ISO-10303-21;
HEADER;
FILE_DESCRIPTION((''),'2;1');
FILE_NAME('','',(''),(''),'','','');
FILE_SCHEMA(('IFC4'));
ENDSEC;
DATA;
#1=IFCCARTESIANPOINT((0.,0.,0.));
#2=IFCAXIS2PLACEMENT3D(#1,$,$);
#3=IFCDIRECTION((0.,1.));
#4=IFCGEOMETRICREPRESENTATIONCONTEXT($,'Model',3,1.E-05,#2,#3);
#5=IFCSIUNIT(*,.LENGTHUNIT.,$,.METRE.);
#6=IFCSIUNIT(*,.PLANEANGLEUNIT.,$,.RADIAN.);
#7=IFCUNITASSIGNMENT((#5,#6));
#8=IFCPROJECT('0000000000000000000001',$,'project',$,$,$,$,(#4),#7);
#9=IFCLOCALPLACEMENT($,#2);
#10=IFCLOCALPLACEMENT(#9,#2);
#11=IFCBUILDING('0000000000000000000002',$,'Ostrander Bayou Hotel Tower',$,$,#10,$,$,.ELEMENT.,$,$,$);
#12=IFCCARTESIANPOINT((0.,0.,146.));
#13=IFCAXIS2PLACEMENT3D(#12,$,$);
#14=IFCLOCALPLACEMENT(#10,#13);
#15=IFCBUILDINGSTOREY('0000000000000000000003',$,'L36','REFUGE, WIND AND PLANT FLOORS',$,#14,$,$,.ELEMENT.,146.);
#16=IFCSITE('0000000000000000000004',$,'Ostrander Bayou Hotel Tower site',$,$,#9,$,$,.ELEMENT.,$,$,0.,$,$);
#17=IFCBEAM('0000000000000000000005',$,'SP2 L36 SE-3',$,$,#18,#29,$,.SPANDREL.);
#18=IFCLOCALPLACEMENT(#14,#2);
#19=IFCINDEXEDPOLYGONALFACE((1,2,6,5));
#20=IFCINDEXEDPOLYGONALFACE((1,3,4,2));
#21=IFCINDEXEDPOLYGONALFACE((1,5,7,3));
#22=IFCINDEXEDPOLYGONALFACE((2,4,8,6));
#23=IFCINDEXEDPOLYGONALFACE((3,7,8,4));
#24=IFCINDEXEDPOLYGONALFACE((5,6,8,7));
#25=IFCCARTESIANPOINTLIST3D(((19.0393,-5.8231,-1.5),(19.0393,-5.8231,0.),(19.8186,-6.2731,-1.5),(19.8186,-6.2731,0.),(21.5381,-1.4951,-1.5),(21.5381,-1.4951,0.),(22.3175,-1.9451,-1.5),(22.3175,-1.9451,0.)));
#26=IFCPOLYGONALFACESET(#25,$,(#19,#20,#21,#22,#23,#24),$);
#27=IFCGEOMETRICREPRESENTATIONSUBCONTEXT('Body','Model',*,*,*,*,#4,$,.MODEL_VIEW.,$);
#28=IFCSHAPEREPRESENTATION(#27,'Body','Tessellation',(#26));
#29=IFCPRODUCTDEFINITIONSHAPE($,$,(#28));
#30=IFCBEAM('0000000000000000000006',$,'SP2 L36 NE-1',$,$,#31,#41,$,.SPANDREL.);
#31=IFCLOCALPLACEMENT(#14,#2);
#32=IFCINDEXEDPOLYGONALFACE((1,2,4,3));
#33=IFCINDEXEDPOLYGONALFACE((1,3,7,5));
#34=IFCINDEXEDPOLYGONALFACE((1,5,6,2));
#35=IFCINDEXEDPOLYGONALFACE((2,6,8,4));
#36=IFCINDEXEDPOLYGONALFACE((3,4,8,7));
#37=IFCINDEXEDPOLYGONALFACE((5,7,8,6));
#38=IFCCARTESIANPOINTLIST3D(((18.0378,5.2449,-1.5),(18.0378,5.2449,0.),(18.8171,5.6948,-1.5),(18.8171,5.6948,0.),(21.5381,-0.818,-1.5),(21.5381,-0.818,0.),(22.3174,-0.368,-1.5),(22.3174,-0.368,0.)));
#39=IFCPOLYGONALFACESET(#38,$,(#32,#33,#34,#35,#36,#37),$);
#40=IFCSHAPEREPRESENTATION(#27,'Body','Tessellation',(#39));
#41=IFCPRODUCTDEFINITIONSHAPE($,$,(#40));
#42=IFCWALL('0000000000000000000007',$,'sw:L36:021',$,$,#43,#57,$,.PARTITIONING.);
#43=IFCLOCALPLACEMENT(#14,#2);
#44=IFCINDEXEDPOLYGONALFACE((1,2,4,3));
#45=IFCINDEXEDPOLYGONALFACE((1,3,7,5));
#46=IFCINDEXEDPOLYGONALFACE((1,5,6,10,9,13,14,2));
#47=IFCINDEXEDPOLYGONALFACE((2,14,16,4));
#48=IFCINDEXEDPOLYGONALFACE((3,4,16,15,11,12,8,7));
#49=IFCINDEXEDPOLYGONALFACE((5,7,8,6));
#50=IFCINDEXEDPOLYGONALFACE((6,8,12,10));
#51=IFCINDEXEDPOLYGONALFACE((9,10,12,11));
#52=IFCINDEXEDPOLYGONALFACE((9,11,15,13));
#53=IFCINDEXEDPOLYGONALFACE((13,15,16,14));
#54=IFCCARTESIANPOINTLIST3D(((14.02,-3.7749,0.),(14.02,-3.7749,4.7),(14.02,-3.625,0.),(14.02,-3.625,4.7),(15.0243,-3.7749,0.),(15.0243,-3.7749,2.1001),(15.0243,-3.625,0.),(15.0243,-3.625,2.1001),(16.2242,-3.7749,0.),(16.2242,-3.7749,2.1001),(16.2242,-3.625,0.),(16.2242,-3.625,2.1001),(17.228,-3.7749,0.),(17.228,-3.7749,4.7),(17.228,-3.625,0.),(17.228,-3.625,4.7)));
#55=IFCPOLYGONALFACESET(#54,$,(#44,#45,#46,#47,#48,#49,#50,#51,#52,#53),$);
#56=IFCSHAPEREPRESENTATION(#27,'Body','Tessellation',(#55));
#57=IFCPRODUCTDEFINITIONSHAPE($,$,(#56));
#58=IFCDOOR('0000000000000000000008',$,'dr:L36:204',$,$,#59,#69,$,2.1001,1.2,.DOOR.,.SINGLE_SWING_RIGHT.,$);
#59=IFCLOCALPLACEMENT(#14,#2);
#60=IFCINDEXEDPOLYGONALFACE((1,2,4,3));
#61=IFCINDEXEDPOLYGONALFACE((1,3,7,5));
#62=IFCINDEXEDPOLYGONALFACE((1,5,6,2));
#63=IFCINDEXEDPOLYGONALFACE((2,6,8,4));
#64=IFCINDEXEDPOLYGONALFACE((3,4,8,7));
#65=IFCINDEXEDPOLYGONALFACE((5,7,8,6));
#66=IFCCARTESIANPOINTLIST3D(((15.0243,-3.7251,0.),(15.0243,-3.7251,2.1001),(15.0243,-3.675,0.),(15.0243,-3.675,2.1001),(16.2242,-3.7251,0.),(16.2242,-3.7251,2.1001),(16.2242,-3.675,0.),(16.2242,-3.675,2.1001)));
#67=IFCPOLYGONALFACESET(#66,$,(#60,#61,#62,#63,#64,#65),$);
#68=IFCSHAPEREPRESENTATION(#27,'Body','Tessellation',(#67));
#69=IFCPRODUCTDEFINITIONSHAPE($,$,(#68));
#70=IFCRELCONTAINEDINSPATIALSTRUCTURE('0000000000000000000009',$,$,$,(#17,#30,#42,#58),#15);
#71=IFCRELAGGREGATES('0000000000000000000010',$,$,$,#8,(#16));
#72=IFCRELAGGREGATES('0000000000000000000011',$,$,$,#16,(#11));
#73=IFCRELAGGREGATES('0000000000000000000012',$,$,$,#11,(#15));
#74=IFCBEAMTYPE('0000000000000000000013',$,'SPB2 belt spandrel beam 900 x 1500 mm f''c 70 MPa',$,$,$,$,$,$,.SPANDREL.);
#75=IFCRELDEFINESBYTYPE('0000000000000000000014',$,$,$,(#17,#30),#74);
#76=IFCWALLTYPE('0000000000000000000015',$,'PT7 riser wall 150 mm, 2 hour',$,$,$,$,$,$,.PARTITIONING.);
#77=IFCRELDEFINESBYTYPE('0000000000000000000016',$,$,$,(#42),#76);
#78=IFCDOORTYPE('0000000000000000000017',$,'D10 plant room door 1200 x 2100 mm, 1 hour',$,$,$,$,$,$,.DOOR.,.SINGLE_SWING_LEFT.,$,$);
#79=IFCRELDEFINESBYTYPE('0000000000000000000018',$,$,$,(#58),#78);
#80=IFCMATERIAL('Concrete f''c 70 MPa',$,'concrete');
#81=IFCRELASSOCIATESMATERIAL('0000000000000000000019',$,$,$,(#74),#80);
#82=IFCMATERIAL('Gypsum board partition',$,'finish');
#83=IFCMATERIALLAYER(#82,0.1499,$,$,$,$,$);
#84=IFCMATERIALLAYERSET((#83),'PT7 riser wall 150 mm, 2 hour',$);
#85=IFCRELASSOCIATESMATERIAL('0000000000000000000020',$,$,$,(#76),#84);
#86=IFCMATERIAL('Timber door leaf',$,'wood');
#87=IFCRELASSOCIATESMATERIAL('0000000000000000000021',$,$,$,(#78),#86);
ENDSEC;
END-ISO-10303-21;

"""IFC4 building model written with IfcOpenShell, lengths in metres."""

from ifc_helpers import new_model, si_unit, direction, frame, frame_2d, origin, origin_2d, place, context, subcontext, project, spatial, rectangle, extrude, material, layer, layer_set, material_profile, profile_set, type_object, element, fill, save


model = new_model("IFC4")

# Units and contexts
model_context = context("Model", 3, precision=1e-05, world=origin(), true_north=direction((0.0, 1.0)))
body_context = subcontext(model_context, "Body", "Model", "MODEL_VIEW")
ifc_project = project(units=[si_unit("LENGTHUNIT", "METRE"), si_unit("PLANEANGLEUNIT", "RADIAN")], contexts=[model_context])

# Site, building, storey
site_placement = place(None, origin())
site = spatial("IfcSite", under=ifc_project, at=site_placement, Name="Ostrander Bayou Hotel Tower site", CompositionType="ELEMENT", RefElevation=0.0)
building_placement = place(site_placement, origin())
building = spatial("IfcBuilding", under=site, at=building_placement, Name="Ostrander Bayou Hotel Tower", CompositionType="ELEMENT")
storey_placement = place(building_placement, frame((0.0, 0.0, 146.0)))
storey = spatial("IfcBuildingStorey", under=building, at=storey_placement, Name="L36", Description="REFUGE, WIND AND PLANT FLOORS", CompositionType="ELEMENT", Elevation=146.0)

# Beams
ifc_material_1 = material(Name="Concrete f'c 70 MPa", Category="concrete")
ifc_material_profile_1 = material_profile(ifc_material_1, rectangle(XDim=0.8999, YDim=1.5, at=origin_2d()))
ifc_profile_set_1 = profile_set([ifc_material_profile_1], Name="Concrete f'c 70 MPa")
beam_type_1 = type_object("IfcBeamType", Name="SPB2 belt spandrel beam 900 x 1500 mm f'c 70 MPa", PredefinedType="SPANDREL", material=ifc_profile_set_1)
beam_1_placement = place(storey_placement, frame((19.429, -6.0481, -0.75), z_axis=(0.500011, 0.866019, 0.0), x_axis=(-0.866019, 0.500011, 0.0)))
element("IfcBeam", 1, at=beam_1_placement, inside=storey, type_object=beam_type_1, Name="SP2 L36 SE-3", PredefinedType="SPANDREL", context=body_context, shape_type="SweptSolid", body=[
    extrude(rectangle(XDim=0.8999, YDim=1.5, at=origin_2d()), origin(), (0.0, 0.0, 1.0), 4.9976),
])
beam_2_placement = place(storey_placement, frame((21.9277, -0.593, -0.75), z_axis=(-0.499991, 0.866031, 0.0), x_axis=(-0.866031, -0.499991, 0.0)))
element("IfcBeam", 2, at=beam_2_placement, inside=storey, type_object=beam_type_1, Name="SP2 L36 NE-1", PredefinedType="SPANDREL", context=body_context, shape_type="SweptSolid", body=[
    extrude(rectangle(XDim=0.8999, YDim=1.5, at=origin_2d()), origin(), (0.0, 0.0, 1.0), 7.0007),
])

# Wall, opening, door
ifc_material_2 = material(Name="Gypsum board partition", Category="finish")
ifc_layer_1 = layer(ifc_material_2, 0.1499)
ifc_layer_set_1 = layer_set([ifc_layer_1], Name="PT7 riser wall 150 mm, 2 hour")
wall_type = type_object("IfcWallType", Name="PT7 riser wall 150 mm, 2 hour", PredefinedType="PARTITIONING", material=ifc_layer_set_1)
wall_placement = place(storey_placement, frame((14.02, -3.7, 0.0), z_axis=(0.0, 0.0, 1.0), x_axis=(1.0, 0.0, 0.0)))
wall = element("IfcWall", 3, at=wall_placement, inside=storey, type_object=wall_type, Name="sw:L36:021", PredefinedType="PARTITIONING", context=body_context, shape_type="SweptSolid", body=[
    extrude(rectangle(XDim=3.208, YDim=0.1499, at=frame_2d((1.604, 0.0))), origin(), (0.0, 0.0, 1.0), 4.7),
])
opening_placement = place(wall_placement, frame((1.0042, 0.0, 0.0)))
opening = element("IfcOpeningElement", 4, at=opening_placement, cuts=wall, PredefinedType="OPENING", context=body_context, shape_type="SweptSolid", body=[
    extrude(rectangle(XDim=1.2, YDim=2.1001, at=frame_2d((0.6001, 1.05))), frame((0.0, 0.075, 0.0), z_axis=(0.0, -1.0, 0.0), x_axis=(1.0, 0.0, 0.0)), (0.0, 0.0, 1.0), 0.1499),
])
ifc_material_3 = material(Name="Timber door leaf", Category="wood")
door_type = type_object("IfcDoorType", Name="D10 plant room door 1200 x 2100 mm, 1 hour", OperationType="SINGLE_SWING_LEFT", PredefinedType="DOOR", material=ifc_material_3)
door_placement = place(opening_placement, origin())
door = element("IfcDoor", 5, at=door_placement, inside=storey, type_object=door_type, Name="dr:L36:204", OperationType="SINGLE_SWING_RIGHT", OverallHeight=2.1001, OverallWidth=1.2, PredefinedType="DOOR", context=body_context, shape_type="SweptSolid", body=[
    extrude(rectangle(XDim=1.2, YDim=2.1001, at=frame_2d((0.6001, 1.05))), frame((0.0, 0.0249, 0.0), z_axis=(0.0, -1.0, 0.0), x_axis=(1.0, 0.0, 0.0)), (0.0, 0.0, 1.0), 0.05),
])
fill(opening, door)

save(model, "model.ifc")
